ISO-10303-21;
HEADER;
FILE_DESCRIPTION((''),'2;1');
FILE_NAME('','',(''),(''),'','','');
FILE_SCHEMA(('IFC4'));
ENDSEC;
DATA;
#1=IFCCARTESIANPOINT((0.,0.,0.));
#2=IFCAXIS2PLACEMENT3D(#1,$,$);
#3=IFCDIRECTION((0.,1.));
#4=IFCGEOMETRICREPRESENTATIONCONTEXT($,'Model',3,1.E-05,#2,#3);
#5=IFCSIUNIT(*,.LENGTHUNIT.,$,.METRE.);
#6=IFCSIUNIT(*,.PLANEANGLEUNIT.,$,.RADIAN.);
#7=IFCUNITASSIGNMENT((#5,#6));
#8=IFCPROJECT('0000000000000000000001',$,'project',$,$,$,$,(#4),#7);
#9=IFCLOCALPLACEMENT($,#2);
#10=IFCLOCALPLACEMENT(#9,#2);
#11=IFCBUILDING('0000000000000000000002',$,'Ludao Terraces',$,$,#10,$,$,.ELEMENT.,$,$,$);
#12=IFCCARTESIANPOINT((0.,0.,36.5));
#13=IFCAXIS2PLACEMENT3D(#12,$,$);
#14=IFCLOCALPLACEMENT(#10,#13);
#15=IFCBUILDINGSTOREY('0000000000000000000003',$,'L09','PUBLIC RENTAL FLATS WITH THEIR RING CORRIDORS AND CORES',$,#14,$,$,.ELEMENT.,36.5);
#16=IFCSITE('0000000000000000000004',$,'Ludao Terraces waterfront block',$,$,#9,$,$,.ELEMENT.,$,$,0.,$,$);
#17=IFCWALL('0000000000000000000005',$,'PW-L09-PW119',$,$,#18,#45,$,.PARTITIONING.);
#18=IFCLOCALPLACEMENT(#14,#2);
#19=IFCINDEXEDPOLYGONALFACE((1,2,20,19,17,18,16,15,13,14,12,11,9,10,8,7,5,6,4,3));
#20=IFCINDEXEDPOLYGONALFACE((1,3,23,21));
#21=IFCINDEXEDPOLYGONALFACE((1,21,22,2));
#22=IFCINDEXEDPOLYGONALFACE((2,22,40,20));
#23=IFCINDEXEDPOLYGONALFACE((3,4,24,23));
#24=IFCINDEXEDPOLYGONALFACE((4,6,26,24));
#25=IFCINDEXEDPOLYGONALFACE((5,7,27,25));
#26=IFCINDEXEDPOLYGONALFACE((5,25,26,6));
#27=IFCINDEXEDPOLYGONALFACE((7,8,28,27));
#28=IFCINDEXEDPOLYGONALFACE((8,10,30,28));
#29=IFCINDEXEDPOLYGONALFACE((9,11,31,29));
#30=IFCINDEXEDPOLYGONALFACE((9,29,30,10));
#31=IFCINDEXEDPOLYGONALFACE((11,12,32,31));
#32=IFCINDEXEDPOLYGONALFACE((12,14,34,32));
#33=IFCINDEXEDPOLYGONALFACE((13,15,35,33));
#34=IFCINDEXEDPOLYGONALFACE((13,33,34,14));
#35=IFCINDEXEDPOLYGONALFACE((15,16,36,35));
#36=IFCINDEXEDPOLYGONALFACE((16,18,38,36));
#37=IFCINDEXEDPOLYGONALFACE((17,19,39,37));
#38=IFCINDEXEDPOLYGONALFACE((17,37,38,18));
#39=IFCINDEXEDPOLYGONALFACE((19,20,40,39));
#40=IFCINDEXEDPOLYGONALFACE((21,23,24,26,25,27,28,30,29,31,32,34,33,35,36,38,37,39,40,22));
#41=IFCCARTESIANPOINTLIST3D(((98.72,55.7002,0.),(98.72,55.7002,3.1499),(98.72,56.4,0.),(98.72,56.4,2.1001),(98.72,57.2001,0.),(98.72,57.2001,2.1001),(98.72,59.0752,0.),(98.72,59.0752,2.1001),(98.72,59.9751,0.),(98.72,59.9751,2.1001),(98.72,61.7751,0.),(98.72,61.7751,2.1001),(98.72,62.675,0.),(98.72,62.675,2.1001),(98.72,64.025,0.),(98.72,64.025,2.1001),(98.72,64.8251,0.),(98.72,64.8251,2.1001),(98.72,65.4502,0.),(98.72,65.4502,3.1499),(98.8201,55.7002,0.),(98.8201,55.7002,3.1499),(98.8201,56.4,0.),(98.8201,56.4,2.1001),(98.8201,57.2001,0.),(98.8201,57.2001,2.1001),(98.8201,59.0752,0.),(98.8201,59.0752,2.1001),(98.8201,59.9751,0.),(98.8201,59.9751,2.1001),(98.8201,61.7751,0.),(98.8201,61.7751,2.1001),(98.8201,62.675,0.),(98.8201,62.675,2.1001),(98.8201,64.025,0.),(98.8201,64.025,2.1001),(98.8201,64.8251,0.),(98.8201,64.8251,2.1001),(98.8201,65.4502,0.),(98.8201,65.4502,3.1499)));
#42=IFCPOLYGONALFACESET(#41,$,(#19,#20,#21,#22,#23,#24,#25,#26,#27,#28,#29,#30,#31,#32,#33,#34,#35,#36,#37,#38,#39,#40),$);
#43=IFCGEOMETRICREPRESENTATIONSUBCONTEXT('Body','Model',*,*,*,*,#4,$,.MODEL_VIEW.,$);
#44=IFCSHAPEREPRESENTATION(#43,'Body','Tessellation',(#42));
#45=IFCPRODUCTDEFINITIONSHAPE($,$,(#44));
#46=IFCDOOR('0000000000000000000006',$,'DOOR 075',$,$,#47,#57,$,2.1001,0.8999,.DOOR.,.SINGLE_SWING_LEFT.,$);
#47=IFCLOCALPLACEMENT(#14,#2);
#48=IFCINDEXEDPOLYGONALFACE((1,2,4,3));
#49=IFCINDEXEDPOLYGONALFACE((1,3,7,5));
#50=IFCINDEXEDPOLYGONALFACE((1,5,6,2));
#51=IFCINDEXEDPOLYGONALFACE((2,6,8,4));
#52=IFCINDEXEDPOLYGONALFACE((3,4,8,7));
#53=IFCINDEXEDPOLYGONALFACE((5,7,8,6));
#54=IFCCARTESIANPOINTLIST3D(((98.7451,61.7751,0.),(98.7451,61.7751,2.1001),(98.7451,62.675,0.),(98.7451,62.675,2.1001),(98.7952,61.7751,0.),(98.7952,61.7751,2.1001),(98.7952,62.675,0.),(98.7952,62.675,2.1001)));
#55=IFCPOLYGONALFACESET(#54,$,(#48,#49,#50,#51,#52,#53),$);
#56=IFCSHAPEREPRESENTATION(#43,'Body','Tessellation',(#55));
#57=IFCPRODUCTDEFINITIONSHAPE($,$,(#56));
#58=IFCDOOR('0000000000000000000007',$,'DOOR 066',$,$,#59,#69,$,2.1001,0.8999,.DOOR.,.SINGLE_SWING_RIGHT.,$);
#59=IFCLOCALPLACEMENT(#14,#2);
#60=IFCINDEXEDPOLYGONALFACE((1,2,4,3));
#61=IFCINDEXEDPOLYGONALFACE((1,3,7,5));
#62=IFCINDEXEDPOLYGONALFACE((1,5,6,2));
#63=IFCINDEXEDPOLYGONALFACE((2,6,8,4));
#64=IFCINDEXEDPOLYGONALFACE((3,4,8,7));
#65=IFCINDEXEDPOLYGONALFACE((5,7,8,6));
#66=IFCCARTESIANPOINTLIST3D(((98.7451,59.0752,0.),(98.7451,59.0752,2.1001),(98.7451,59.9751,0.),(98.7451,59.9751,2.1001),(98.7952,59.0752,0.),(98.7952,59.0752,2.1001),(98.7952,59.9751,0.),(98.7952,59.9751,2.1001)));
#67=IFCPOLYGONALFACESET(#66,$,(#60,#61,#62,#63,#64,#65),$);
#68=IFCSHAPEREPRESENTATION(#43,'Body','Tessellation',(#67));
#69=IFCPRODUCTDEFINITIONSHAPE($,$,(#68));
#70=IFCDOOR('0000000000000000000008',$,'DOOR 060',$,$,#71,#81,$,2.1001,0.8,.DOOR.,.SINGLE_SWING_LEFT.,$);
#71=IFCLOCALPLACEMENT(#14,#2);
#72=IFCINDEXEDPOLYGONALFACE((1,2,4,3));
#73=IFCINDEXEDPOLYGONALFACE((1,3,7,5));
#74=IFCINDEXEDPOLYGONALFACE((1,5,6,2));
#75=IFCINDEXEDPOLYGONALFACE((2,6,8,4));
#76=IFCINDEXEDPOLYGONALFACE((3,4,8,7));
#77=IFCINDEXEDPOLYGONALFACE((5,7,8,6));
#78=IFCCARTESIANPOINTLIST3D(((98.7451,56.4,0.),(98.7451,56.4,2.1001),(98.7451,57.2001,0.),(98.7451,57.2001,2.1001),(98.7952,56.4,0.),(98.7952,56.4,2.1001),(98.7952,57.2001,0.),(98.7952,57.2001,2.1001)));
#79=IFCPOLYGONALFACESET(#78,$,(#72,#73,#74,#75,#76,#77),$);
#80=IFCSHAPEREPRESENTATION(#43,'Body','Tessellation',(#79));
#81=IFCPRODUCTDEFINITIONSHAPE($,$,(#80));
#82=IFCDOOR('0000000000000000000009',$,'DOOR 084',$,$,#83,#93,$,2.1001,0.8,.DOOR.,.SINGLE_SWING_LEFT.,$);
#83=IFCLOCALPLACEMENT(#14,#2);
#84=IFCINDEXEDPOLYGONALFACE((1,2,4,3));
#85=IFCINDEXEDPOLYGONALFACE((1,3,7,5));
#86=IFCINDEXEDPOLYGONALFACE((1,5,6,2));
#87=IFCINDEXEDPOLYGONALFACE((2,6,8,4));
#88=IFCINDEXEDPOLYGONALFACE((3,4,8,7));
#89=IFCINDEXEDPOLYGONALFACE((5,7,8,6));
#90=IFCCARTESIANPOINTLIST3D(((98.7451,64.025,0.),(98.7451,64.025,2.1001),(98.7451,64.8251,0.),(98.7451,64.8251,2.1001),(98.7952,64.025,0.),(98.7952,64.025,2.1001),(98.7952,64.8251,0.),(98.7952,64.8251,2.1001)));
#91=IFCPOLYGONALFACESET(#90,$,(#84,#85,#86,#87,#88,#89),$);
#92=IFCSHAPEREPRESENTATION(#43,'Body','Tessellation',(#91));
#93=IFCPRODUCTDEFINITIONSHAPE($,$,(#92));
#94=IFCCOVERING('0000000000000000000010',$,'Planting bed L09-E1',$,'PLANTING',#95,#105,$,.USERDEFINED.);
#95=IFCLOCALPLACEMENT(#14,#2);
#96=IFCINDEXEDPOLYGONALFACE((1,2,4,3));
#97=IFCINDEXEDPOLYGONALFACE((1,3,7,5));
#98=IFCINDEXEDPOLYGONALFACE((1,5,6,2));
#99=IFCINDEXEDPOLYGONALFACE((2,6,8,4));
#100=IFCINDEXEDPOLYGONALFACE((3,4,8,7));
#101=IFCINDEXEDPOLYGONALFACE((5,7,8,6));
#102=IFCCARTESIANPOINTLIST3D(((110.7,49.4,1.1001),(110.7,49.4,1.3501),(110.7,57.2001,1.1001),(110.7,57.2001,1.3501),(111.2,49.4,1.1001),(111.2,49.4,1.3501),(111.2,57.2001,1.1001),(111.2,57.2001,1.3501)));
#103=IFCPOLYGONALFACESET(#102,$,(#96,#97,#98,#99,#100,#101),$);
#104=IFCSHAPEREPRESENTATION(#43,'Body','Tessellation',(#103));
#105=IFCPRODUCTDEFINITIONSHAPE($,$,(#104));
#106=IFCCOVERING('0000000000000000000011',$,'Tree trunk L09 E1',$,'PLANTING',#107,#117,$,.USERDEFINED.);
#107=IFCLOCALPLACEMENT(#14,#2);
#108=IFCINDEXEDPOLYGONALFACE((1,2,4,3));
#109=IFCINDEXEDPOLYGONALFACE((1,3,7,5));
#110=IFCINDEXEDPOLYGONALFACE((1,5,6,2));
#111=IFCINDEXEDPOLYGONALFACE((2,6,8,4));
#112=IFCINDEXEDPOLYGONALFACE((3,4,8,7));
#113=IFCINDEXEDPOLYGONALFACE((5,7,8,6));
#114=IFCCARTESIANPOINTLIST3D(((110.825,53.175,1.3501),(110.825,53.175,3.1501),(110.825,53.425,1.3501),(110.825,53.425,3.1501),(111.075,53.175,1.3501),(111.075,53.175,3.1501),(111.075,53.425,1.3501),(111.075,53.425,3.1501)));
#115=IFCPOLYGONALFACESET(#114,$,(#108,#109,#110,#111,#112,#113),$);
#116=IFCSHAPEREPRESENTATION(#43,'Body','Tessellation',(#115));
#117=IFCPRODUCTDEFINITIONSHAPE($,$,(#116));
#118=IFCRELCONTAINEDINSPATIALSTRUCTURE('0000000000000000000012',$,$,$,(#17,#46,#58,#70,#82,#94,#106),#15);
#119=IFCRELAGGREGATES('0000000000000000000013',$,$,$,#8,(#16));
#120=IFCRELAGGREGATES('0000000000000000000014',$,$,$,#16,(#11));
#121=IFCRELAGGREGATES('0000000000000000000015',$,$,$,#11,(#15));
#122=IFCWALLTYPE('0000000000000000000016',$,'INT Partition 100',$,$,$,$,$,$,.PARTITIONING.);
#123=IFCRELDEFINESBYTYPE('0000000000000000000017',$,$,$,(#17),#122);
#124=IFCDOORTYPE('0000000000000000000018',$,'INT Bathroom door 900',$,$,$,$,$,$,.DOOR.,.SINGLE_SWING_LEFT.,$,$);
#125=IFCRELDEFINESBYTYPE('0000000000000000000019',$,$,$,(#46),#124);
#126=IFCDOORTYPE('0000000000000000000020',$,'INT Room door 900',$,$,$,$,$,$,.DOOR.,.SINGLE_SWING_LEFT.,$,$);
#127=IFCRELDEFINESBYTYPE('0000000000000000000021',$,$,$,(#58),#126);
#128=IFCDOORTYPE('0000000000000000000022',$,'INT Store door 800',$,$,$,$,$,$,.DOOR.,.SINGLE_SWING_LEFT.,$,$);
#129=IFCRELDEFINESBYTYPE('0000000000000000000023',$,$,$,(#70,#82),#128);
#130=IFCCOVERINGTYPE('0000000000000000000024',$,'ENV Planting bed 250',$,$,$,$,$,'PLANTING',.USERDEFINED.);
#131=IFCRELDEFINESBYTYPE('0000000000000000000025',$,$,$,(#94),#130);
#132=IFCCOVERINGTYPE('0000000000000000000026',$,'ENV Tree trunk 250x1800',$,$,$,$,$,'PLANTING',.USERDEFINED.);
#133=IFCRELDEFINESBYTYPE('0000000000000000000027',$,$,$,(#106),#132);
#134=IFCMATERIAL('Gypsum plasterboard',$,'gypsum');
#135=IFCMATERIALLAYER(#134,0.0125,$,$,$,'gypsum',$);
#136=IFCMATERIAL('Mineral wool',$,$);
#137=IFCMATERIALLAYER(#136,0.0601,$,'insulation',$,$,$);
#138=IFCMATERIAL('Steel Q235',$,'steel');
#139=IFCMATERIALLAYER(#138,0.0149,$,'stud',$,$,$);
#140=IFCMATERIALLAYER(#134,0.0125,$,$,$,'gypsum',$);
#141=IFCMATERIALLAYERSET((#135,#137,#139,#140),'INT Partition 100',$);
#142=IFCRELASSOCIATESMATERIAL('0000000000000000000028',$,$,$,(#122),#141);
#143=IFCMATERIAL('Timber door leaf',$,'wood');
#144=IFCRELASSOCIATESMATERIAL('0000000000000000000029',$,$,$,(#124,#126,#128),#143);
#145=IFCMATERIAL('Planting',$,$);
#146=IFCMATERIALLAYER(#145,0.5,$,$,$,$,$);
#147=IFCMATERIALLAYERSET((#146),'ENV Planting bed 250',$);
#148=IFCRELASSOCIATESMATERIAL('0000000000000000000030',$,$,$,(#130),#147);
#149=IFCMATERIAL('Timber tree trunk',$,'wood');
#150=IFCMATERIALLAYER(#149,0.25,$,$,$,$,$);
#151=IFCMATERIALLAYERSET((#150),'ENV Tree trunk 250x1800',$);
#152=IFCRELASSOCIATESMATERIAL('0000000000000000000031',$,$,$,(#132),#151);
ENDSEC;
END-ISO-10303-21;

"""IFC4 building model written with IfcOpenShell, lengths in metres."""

from ifc_helpers import new_model, si_unit, direction, frame, frame_2d, origin, origin_2d, place, context, subcontext, project, spatial, rectangle, extrude, material, layer, layer_set, type_object, element, fill, save


model = new_model("IFC4")

# Units and contexts
model_context = context("Model", 3, precision=1e-05, world=origin(), true_north=direction((0.0, 1.0)))
body_context = subcontext(model_context, "Body", "Model", "MODEL_VIEW")
ifc_project = project(units=[si_unit("LENGTHUNIT", "METRE"), si_unit("PLANEANGLEUNIT", "RADIAN")], contexts=[model_context])

# Site, building, storey
site_placement = place(None, origin())
site = spatial("IfcSite", under=ifc_project, at=site_placement, Name="Ludao Terraces waterfront block", CompositionType="ELEMENT", RefElevation=0.0)
building_placement = place(site_placement, origin())
building = spatial("IfcBuilding", under=site, at=building_placement, Name="Ludao Terraces", CompositionType="ELEMENT")
storey_placement = place(building_placement, frame((0.0, 0.0, 36.5)))
storey = spatial("IfcBuildingStorey", under=building, at=storey_placement, Name="L09", Description="PUBLIC RENTAL FLATS WITH THEIR RING CORRIDORS AND CORES", CompositionType="ELEMENT", Elevation=36.5)

# Shared definitions
ifc_material_1 = material(Name="Mineral wool")

# Shared definitions
ifc_material_2 = material(Name="Steel Q235", Category="steel")

# Shared definitions
ifc_material_3 = material(Name="Gypsum plasterboard", Category="gypsum")
ifc_layer_1 = layer(ifc_material_3, 0.0125, Category="gypsum")
ifc_layer_2 = layer(ifc_material_1, 0.0601, Name="insulation")
ifc_layer_3 = layer(ifc_material_2, 0.0149, Name="stud")
ifc_layer_4 = layer(ifc_material_3, 0.0125, Category="gypsum")
ifc_layer_set_1 = layer_set([ifc_layer_1, ifc_layer_2, ifc_layer_3, ifc_layer_4], Name="INT Partition 100")
wall_type_1 = type_object("IfcWallType", Name="INT Partition 100", PredefinedType="PARTITIONING", material=ifc_layer_set_1)

# Wall, openings, doors
wall_1_placement = place(storey_placement, frame((98.77, 55.7002, 0.0), z_axis=(0.0, 0.0, 1.0), x_axis=(0.0, 1.0, 0.0)))
wall_1 = element("IfcWall", 1, at=wall_1_placement, inside=storey, type_object=wall_type_1, Name="PW-L09-PW119", PredefinedType="PARTITIONING", context=body_context, shape_type="SweptSolid", body=[
    extrude(rectangle(XDim=9.75, YDim=0.1001, at=frame_2d((4.875, 0.0))), origin(), (0.0, 0.0, 1.0), 3.1499),
])
opening_1_placement = place(wall_1_placement, frame((0.7, 0.0, 0.0)))
opening_1 = element("IfcOpeningElement", 2, at=opening_1_placement, cuts=wall_1, PredefinedType="OPENING", context=body_context, shape_type="SweptSolid", body=[
    extrude(rectangle(XDim=0.8, YDim=2.1001, at=frame_2d((0.3999, 1.05))), frame((0.0, 0.0601, 0.0), z_axis=(0.0, -1.0, 0.0), x_axis=(1.0, 0.0, 0.0)), (0.0, 0.0, 1.0), 0.1201),
])
opening_2_placement = place(wall_1_placement, frame((3.375, 0.0, 0.0)))
opening_2 = element("IfcOpeningElement", 3, at=opening_2_placement, cuts=wall_1, PredefinedType="OPENING", context=body_context, shape_type="SweptSolid", body=[
    extrude(rectangle(XDim=0.8999, YDim=2.1001, at=frame_2d((0.45, 1.05))), frame((0.0, 0.0601, 0.0), z_axis=(0.0, -1.0, 0.0), x_axis=(1.0, 0.0, 0.0)), (0.0, 0.0, 1.0), 0.1201),
])
opening_3_placement = place(wall_1_placement, frame((6.075, 0.0, 0.0)))
opening_3 = element("IfcOpeningElement", 4, at=opening_3_placement, cuts=wall_1, PredefinedType="OPENING", context=body_context, shape_type="SweptSolid", body=[
    extrude(rectangle(XDim=0.8999, YDim=2.1001, at=frame_2d((0.45, 1.05))), frame((0.0, 0.0601, 0.0), z_axis=(0.0, -1.0, 0.0), x_axis=(1.0, 0.0, 0.0)), (0.0, 0.0, 1.0), 0.1201),
])
opening_4_placement = place(wall_1_placement, frame((8.325, 0.0, 0.0)))
opening_4 = element("IfcOpeningElement", 5, at=opening_4_placement, cuts=wall_1, PredefinedType="OPENING", context=body_context, shape_type="SweptSolid", body=[
    extrude(rectangle(XDim=0.8, YDim=2.1001, at=frame_2d((0.3999, 1.05))), frame((0.0, 0.0601, 0.0), z_axis=(0.0, -1.0, 0.0), x_axis=(1.0, 0.0, 0.0)), (0.0, 0.0, 1.0), 0.1201),
])
ifc_material_4 = material(Name="Timber door leaf", Category="wood")
door_type_1 = type_object("IfcDoorType", Name="INT Bathroom door 900", OperationType="SINGLE_SWING_LEFT", PredefinedType="DOOR", material=ifc_material_4)
door_1_placement = place(opening_3_placement, origin())
door_1 = element("IfcDoor", 6, at=door_1_placement, inside=storey, type_object=door_type_1, Name="DOOR 075", OperationType="SINGLE_SWING_LEFT", OverallHeight=2.1001, OverallWidth=0.8999, PredefinedType="DOOR", context=body_context, shape_type="SweptSolid", body=[
    extrude(rectangle(XDim=0.8999, YDim=2.1001, at=frame_2d((0.45, 1.05))), frame((0.0, 0.0249, 0.0), z_axis=(0.0, -1.0, 0.0), x_axis=(1.0, 0.0, 0.0)), (0.0, 0.0, 1.0), 0.05),
])
fill(opening_3, door_1)
door_type_2 = type_object("IfcDoorType", Name="INT Room door 900", OperationType="SINGLE_SWING_LEFT", PredefinedType="DOOR", material=ifc_material_4)
door_2_placement = place(opening_2_placement, origin())
door_2 = element("IfcDoor", 7, at=door_2_placement, inside=storey, type_object=door_type_2, Name="DOOR 066", OperationType="SINGLE_SWING_RIGHT", OverallHeight=2.1001, OverallWidth=0.8999, PredefinedType="DOOR", context=body_context, shape_type="SweptSolid", body=[
    extrude(rectangle(XDim=0.8999, YDim=2.1001, at=frame_2d((0.45, 1.05))), frame((0.0, 0.0249, 0.0), z_axis=(0.0, -1.0, 0.0), x_axis=(1.0, 0.0, 0.0)), (0.0, 0.0, 1.0), 0.05),
])
fill(opening_2, door_2)
door_type_3 = type_object("IfcDoorType", Name="INT Store door 800", OperationType="SINGLE_SWING_LEFT", PredefinedType="DOOR", material=ifc_material_4)
door_3_placement = place(opening_1_placement, origin())
door_3 = element("IfcDoor", 8, at=door_3_placement, inside=storey, type_object=door_type_3, Name="DOOR 060", OperationType="SINGLE_SWING_LEFT", OverallHeight=2.1001, OverallWidth=0.8, PredefinedType="DOOR", context=body_context, shape_type="SweptSolid", body=[
    extrude(rectangle(XDim=0.8, YDim=2.1001, at=frame_2d((0.3999, 1.05))), frame((0.0, 0.0249, 0.0), z_axis=(0.0, -1.0, 0.0), x_axis=(1.0, 0.0, 0.0)), (0.0, 0.0, 1.0), 0.05),
])
fill(opening_1, door_3)
door_4_placement = place(opening_4_placement, origin())
door_4 = element("IfcDoor", 9, at=door_4_placement, inside=storey, type_object=door_type_3, Name="DOOR 084", OperationType="SINGLE_SWING_LEFT", OverallHeight=2.1001, OverallWidth=0.8, PredefinedType="DOOR", context=body_context, shape_type="SweptSolid", body=[
    extrude(rectangle(XDim=0.8, YDim=2.1001, at=frame_2d((0.3999, 1.05))), frame((0.0, 0.0249, 0.0), z_axis=(0.0, -1.0, 0.0), x_axis=(1.0, 0.0, 0.0)), (0.0, 0.0, 1.0), 0.05),
])
fill(opening_4, door_4)

# Coverings
ifc_material_5 = material(Name="Planting")
ifc_layer_5 = layer(ifc_material_5, 0.5)
ifc_layer_set_2 = layer_set([ifc_layer_5], Name="ENV Planting bed 250")
covering_type_1 = type_object("IfcCoveringType", Name="ENV Planting bed 250", ElementType="PLANTING", PredefinedType="USERDEFINED", material=ifc_layer_set_2)
covering_1_placement = place(storey_placement, frame((110.95, 53.3, 1.1001), z_axis=(0.0, 0.0, 1.0), x_axis=(1.0, 0.0, 0.0)))
element("IfcCovering", 10, at=covering_1_placement, inside=storey, type_object=covering_type_1, Name="Planting bed L09-E1", ObjectType="PLANTING", PredefinedType="USERDEFINED", context=body_context, shape_type="SweptSolid", body=[
    extrude(rectangle(XDim=0.5, YDim=7.8, at=origin_2d()), origin(), (0.0, 0.0, 1.0), 0.25),
])
ifc_material_6 = material(Name="Timber tree trunk", Category="wood")
ifc_layer_6 = layer(ifc_material_6, 0.25)
ifc_layer_set_3 = layer_set([ifc_layer_6], Name="ENV Tree trunk 250x1800")
covering_type_2 = type_object("IfcCoveringType", Name="ENV Tree trunk 250x1800", ElementType="PLANTING", PredefinedType="USERDEFINED", material=ifc_layer_set_3)
covering_2_placement = place(storey_placement, frame((110.95, 53.3, 1.3501), z_axis=(0.0, 0.0, 1.0), x_axis=(1.0, 0.0, 0.0)))
element("IfcCovering", 11, at=covering_2_placement, inside=storey, type_object=covering_type_2, Name="Tree trunk L09 E1", ObjectType="PLANTING", PredefinedType="USERDEFINED", context=body_context, shape_type="SweptSolid", body=[
    extrude(rectangle(XDim=0.25, YDim=0.25, at=origin_2d()), origin(), (0.0, 0.0, 1.0), 1.8),
])

save(model, "model.ifc")
